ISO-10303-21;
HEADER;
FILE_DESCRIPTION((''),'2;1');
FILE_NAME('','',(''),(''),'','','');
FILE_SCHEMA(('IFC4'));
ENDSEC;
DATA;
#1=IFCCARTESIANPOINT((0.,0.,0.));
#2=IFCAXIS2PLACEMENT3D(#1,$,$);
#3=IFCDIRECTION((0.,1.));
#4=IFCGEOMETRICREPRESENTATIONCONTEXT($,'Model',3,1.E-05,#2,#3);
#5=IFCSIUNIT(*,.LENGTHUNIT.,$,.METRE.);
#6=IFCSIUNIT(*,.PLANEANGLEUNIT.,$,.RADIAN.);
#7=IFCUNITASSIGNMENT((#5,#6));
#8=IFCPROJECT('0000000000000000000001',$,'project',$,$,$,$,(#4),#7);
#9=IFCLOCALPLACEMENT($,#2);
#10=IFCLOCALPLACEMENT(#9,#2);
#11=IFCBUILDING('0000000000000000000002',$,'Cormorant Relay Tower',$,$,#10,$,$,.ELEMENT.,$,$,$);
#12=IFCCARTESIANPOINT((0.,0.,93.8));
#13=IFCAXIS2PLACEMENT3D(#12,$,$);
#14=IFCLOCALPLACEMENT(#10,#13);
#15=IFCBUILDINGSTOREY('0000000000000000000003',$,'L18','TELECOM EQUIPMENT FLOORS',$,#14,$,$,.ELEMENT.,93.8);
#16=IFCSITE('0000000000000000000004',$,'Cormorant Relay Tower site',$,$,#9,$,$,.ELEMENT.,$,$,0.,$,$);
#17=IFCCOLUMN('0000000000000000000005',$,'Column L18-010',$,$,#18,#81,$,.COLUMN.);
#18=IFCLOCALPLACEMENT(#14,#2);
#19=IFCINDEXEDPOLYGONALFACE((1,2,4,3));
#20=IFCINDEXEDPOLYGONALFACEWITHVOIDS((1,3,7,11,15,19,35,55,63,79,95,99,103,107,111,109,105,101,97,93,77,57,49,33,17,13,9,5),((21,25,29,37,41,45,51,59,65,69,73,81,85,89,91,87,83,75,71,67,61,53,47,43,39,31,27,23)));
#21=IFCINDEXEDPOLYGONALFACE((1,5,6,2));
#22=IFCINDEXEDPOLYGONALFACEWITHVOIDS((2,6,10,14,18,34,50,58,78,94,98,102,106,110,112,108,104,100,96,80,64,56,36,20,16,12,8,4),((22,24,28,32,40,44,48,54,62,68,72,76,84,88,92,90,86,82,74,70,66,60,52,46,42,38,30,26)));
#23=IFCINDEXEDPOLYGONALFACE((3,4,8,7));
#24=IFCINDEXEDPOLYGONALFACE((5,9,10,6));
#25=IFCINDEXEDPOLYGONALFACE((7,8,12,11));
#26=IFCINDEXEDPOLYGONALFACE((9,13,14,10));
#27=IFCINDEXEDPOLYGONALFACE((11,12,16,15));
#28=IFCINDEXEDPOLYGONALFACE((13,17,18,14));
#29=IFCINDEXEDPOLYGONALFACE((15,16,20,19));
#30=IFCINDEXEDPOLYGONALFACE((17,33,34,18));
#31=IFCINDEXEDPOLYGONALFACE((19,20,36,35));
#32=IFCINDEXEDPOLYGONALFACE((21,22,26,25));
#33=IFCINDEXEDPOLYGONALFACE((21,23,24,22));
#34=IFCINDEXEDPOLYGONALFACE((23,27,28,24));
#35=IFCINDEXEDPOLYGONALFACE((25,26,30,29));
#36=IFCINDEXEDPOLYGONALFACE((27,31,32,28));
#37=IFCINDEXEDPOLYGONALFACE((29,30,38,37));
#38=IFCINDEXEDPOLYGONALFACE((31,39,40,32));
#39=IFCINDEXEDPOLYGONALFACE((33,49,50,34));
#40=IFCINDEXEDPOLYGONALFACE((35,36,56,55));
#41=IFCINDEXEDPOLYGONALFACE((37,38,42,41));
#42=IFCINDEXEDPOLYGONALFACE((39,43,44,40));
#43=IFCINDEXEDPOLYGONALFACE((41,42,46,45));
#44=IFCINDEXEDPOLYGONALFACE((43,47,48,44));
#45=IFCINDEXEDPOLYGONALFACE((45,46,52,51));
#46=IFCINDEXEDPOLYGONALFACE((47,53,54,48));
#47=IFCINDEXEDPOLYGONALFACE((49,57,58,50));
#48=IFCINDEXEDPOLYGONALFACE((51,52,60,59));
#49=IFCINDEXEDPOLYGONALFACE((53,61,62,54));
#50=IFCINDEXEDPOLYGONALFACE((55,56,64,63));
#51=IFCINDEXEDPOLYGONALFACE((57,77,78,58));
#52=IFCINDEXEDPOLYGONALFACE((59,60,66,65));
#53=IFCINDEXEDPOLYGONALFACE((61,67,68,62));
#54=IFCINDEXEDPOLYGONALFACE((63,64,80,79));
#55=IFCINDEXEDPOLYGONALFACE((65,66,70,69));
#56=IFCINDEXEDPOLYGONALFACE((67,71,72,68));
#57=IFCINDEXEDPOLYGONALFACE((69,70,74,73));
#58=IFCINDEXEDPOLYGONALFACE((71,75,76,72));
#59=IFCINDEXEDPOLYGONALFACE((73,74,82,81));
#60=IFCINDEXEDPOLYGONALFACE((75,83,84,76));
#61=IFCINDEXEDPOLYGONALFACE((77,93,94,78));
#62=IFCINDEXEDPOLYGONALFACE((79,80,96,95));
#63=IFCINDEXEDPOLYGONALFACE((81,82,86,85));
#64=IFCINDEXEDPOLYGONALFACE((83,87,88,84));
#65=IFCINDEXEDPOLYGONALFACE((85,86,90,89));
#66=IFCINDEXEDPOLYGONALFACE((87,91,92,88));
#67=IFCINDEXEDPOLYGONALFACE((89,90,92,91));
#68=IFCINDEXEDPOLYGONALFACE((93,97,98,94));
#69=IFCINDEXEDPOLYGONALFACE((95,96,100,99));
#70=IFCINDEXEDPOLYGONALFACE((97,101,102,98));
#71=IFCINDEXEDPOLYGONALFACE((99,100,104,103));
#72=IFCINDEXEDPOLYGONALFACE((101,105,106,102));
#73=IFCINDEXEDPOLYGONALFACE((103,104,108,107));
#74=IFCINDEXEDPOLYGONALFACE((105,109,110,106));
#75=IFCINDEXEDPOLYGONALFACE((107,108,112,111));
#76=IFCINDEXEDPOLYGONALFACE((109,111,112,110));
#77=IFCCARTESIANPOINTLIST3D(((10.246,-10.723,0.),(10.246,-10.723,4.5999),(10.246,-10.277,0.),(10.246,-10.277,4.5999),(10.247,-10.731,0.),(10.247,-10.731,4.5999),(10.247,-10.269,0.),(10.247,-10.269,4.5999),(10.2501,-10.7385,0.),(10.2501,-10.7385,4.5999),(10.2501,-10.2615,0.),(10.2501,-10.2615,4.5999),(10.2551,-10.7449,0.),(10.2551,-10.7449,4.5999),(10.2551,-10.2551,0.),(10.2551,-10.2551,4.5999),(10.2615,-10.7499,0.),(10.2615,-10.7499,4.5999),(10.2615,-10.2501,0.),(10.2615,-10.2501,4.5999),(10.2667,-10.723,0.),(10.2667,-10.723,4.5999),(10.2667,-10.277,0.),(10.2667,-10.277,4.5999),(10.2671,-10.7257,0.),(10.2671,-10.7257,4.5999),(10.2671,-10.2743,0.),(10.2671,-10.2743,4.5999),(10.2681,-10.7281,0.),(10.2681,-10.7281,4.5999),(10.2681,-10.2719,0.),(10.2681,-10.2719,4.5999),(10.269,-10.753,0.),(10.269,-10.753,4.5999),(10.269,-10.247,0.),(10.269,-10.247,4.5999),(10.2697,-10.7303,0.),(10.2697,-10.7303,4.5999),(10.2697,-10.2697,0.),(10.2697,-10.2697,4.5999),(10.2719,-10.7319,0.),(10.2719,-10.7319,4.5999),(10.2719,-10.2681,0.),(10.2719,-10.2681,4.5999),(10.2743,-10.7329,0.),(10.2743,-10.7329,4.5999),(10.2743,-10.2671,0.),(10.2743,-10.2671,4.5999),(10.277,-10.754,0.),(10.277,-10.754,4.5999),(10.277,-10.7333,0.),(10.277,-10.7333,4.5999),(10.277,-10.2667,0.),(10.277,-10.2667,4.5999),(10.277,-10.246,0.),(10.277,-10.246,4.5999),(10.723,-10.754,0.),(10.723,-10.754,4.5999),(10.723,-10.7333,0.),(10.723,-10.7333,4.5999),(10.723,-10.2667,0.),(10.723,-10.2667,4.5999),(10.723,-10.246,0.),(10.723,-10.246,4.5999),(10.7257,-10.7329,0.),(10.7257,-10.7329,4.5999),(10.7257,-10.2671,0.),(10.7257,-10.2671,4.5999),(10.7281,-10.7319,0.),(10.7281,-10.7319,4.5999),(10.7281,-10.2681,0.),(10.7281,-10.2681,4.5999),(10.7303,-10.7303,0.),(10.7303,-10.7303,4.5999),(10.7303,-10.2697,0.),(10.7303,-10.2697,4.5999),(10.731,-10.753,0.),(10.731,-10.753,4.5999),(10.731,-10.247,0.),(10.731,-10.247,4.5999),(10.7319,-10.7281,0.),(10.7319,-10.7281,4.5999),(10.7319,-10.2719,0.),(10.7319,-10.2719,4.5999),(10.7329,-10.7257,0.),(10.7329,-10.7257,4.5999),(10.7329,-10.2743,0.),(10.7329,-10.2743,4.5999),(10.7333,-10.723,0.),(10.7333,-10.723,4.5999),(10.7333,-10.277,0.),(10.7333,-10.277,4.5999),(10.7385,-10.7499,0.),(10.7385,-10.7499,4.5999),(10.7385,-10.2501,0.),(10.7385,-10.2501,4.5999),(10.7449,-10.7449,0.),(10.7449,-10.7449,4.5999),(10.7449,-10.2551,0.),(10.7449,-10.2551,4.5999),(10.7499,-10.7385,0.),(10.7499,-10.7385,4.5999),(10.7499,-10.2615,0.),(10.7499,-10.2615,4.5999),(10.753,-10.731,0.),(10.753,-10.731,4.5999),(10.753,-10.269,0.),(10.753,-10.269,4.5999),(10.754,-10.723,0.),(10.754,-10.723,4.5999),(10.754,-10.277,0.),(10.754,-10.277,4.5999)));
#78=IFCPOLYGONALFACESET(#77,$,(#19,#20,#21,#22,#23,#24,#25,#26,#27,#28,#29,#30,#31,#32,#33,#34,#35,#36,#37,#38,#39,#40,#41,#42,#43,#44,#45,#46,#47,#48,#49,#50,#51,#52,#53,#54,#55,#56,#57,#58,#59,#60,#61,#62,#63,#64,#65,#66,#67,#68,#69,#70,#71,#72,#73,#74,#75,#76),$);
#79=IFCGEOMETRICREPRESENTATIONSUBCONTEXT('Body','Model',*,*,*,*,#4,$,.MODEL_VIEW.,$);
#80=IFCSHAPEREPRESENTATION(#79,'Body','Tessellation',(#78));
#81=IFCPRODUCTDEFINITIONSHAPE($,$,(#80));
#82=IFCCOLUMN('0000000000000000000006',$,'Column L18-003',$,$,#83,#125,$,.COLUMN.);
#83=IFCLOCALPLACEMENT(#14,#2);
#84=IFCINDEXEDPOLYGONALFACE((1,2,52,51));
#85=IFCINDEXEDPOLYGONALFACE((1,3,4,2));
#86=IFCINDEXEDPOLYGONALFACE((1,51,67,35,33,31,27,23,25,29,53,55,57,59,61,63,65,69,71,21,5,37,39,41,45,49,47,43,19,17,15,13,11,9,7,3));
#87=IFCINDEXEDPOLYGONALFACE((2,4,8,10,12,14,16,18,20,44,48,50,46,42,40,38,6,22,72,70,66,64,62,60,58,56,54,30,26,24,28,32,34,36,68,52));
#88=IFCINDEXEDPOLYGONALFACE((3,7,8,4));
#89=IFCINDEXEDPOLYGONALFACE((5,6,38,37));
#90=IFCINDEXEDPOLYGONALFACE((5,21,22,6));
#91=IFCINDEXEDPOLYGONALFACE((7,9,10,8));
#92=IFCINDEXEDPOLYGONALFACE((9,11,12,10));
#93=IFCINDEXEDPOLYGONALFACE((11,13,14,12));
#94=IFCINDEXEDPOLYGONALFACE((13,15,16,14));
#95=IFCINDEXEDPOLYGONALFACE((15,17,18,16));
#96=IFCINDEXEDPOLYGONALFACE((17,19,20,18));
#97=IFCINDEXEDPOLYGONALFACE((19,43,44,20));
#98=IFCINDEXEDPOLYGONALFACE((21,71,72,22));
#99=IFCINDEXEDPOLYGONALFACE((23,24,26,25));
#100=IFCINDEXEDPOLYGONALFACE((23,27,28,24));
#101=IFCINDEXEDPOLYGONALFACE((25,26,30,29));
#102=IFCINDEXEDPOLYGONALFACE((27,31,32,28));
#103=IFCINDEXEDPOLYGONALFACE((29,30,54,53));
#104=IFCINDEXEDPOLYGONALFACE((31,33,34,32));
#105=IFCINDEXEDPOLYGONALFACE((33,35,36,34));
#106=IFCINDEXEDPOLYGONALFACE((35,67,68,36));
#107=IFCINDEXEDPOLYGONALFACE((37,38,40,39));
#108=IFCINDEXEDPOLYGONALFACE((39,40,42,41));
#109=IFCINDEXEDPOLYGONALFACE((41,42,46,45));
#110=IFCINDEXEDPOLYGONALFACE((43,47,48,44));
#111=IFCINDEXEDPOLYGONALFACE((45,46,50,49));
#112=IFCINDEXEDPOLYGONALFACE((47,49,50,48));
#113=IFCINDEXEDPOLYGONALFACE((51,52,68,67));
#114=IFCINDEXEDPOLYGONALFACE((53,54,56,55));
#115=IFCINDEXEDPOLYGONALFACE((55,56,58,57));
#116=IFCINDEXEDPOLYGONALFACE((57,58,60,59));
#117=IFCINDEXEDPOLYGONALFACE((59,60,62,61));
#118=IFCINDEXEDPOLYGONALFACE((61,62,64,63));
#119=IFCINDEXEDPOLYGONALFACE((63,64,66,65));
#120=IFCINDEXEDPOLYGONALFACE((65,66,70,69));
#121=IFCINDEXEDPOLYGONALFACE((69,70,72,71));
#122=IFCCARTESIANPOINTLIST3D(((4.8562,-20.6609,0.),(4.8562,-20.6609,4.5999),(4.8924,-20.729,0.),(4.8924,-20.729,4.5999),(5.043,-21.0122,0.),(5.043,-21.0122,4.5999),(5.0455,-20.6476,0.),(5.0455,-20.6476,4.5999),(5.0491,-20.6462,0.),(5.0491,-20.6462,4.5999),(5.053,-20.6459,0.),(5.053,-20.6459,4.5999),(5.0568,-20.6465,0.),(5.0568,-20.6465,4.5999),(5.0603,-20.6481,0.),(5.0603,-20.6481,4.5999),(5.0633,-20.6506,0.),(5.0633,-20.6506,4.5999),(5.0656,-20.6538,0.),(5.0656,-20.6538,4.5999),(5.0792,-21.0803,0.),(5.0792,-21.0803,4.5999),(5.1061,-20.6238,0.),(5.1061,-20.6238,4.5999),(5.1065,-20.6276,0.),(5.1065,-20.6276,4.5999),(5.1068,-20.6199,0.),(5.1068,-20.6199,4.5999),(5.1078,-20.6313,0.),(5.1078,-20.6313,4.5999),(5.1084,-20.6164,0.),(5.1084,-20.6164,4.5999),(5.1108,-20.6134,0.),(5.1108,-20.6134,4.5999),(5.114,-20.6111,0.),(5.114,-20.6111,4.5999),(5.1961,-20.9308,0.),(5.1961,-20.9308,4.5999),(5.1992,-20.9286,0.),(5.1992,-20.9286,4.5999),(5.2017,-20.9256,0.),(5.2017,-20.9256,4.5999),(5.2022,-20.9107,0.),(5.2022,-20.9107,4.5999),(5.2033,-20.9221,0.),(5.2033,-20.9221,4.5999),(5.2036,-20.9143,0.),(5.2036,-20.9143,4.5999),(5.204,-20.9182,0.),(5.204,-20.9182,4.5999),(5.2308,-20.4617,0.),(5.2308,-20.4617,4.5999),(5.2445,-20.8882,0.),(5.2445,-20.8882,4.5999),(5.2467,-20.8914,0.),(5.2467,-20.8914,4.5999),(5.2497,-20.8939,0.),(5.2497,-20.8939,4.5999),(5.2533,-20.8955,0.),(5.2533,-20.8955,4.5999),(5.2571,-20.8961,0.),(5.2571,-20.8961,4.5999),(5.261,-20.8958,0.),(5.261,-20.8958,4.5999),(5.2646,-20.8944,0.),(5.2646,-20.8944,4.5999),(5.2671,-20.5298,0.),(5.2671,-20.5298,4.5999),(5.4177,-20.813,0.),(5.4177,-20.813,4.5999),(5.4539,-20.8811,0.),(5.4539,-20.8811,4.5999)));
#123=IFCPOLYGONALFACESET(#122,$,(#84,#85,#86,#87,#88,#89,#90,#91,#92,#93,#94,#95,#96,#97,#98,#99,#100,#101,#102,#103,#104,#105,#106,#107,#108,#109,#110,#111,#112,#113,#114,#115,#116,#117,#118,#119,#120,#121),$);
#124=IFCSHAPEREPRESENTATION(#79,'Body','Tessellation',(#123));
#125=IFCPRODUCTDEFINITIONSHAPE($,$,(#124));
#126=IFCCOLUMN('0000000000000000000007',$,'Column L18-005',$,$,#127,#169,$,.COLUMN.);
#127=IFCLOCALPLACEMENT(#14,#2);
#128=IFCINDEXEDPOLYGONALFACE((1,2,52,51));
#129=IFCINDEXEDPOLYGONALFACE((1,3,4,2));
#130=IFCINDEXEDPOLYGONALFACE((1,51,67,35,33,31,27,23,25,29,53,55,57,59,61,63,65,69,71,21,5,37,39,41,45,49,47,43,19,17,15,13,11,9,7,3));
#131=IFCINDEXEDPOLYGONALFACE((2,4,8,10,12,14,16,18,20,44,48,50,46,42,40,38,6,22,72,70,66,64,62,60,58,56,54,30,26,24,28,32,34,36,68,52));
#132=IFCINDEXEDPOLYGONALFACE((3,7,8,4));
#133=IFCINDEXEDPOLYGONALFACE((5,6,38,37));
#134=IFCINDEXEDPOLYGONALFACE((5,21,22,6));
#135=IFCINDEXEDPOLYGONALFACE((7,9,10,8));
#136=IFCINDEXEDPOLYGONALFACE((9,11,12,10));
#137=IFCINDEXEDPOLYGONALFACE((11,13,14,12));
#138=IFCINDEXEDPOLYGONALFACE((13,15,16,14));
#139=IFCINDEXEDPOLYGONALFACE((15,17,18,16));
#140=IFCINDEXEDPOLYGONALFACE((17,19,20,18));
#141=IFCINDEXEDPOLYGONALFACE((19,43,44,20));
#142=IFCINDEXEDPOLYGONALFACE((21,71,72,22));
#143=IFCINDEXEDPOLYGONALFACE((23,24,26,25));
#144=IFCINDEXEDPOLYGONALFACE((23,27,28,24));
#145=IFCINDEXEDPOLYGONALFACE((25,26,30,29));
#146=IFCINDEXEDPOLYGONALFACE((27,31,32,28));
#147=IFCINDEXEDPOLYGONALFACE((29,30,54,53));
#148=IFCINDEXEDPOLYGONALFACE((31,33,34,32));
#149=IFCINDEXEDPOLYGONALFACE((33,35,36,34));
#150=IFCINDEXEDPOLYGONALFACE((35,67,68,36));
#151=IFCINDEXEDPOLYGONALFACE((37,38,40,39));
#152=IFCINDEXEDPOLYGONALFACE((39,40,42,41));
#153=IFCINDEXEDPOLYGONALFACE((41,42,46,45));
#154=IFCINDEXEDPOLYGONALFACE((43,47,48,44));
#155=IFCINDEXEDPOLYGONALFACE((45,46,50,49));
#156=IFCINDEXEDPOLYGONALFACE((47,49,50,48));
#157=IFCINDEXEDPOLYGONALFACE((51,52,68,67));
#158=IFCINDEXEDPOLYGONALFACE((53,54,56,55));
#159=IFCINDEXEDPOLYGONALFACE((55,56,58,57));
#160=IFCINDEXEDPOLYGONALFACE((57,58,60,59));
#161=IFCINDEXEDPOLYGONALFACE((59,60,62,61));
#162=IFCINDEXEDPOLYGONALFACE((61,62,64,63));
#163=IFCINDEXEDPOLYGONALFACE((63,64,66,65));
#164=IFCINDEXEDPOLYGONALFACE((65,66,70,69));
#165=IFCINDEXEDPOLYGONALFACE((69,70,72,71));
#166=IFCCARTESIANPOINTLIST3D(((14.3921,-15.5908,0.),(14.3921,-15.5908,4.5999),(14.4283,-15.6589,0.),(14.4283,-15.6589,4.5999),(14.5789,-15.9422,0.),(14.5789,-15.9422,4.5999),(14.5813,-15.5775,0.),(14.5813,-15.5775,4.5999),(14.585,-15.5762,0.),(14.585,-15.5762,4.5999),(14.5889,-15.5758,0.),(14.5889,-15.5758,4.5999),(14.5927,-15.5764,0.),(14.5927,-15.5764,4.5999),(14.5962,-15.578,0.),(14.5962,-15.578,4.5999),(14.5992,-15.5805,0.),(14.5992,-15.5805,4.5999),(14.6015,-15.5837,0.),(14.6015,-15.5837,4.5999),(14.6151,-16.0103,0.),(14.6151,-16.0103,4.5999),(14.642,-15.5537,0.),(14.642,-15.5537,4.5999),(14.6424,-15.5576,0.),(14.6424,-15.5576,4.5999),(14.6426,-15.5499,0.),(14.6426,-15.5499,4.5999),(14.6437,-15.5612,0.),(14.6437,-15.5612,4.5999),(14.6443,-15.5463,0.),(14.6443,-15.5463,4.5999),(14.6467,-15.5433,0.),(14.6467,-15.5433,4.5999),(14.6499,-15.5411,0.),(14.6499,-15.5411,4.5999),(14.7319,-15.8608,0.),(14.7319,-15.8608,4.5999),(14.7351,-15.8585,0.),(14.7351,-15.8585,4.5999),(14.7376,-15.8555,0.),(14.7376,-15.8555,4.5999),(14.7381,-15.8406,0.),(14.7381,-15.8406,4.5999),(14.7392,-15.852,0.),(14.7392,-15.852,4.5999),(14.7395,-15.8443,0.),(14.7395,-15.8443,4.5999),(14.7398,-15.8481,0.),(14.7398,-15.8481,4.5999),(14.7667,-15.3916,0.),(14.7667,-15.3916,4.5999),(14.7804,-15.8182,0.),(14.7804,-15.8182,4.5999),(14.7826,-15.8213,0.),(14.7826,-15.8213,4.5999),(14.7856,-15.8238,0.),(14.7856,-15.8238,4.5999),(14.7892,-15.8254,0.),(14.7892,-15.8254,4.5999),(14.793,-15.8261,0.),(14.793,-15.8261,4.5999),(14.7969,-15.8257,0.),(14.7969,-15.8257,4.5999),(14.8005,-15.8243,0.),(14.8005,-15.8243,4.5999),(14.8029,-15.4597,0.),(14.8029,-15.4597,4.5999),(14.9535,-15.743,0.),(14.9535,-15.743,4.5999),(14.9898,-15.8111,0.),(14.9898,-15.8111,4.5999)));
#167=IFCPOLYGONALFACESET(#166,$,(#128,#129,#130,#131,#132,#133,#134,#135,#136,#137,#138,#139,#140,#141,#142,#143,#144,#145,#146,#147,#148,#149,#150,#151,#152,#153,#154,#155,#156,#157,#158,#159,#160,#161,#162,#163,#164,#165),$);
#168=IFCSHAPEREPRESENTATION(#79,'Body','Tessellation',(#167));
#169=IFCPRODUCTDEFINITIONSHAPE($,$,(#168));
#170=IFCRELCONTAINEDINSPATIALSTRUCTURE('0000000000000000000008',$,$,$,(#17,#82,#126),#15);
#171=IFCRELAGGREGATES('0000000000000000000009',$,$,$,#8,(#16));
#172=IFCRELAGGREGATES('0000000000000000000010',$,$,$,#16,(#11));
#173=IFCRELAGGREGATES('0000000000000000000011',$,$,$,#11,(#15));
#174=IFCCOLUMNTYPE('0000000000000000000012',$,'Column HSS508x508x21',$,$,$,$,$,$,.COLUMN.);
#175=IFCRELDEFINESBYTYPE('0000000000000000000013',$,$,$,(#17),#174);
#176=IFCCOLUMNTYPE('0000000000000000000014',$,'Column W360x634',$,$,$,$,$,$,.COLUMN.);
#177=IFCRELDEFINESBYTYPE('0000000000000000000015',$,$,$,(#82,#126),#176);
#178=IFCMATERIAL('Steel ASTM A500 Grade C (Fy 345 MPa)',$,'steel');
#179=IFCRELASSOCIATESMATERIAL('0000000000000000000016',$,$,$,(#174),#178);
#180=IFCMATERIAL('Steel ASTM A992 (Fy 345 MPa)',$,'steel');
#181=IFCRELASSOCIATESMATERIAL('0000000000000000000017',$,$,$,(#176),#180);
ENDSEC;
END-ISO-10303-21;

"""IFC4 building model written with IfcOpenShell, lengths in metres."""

from ifc_helpers import new_model, si_unit, direction, frame, origin, origin_2d, place, context, subcontext, project, spatial, hollow_rectangle, i_section, extrude, material, material_profile, profile_set, type_object, element, save


model = new_model("IFC4")

# Units and contexts
model_context = context("Model", 3, precision=1e-05, world=origin(), true_north=direction((0.0, 1.0)))
body_context = subcontext(model_context, "Body", "Model", "MODEL_VIEW")
ifc_project = project(units=[si_unit("LENGTHUNIT", "METRE"), si_unit("PLANEANGLEUNIT", "RADIAN")], contexts=[model_context])

# Site, building, storey
site_placement = place(None, origin())
site = spatial("IfcSite", under=ifc_project, at=site_placement, Name="Cormorant Relay Tower site", CompositionType="ELEMENT", RefElevation=0.0)
building_placement = place(site_placement, origin())
building = spatial("IfcBuilding", under=site, at=building_placement, Name="Cormorant Relay Tower", CompositionType="ELEMENT")
storey_placement = place(building_placement, frame((0.0, 0.0, 93.8)))
storey = spatial("IfcBuildingStorey", under=building, at=storey_placement, Name="L18", Description="TELECOM EQUIPMENT FLOORS", CompositionType="ELEMENT", Elevation=93.8)

# Columns
ifc_material_1 = material(Name="Steel ASTM A500 Grade C (Fy 345 MPa)", Category="steel")
ifc_material_profile_1 = material_profile(ifc_material_1, hollow_rectangle(XDim=0.5081, YDim=0.5081, WallThickness=0.0208, InnerFilletRadius=0.0103, OuterFilletRadius=0.031, at=origin_2d()), Name="HSS508x508x21")
ifc_profile_set_1 = profile_set([ifc_material_profile_1], Name="Steel ASTM A500 Grade C (Fy 345 MPa)")
column_type_1 = type_object("IfcColumnType", Name="Column HSS508x508x21", PredefinedType="COLUMN", material=ifc_profile_set_1)
column_1_placement = place(storey_placement, frame((10.5, -10.5, 0.0), z_axis=(0.0, 0.0, 1.0), x_axis=(1.0, 0.0, 0.0)))
element("IfcColumn", 1, at=column_1_placement, inside=storey, type_object=column_type_1, Name="Column L18-010", PredefinedType="COLUMN", context=body_context, shape_type="SweptSolid", body=[
    extrude(hollow_rectangle(XDim=0.5081, YDim=0.5081, WallThickness=0.0208, InnerFilletRadius=0.0103, OuterFilletRadius=0.031, at=origin_2d()), origin(), (0.0, 0.0, 1.0), 4.5999),
])
ifc_material_2 = material(Name="Steel ASTM A992 (Fy 345 MPa)", Category="steel")
ifc_material_profile_2 = material_profile(ifc_material_2, i_section(OverallWidth=0.4243, OverallDepth=0.4751, WebThickness=0.0479, FlangeThickness=0.0771, FilletRadius=0.0149, at=origin_2d()), Name="W360x634")
ifc_profile_set_2 = profile_set([ifc_material_profile_2], Name="Steel ASTM A992 (Fy 345 MPa)")
column_type_2 = type_object("IfcColumnType", Name="Column W360x634", PredefinedType="COLUMN", material=ifc_profile_set_2)
for number, where, z_axis, x_axis, name in (
    (2, (5.155, -20.771, 0.0), (0.0, 0.0, 1.0), (0.882948, 0.469472, 0.0), "Column L18-003"),
    (3, (14.6909, -15.7009, 0.0), (0.0, 0.0, 1.0), (0.882948, 0.469472, 0.0), "Column L18-005"),
):
    element("IfcColumn", number, at=place(storey_placement, frame(where, z_axis=z_axis, x_axis=x_axis)), inside=storey, type_object=column_type_2, Name=name, PredefinedType="COLUMN", context=body_context, shape_type="SweptSolid", body=[
        extrude(i_section(OverallWidth=0.4243, OverallDepth=0.4751, WebThickness=0.0479, FlangeThickness=0.0771, FilletRadius=0.0149, at=origin_2d()), origin(), (0.0, 0.0, 1.0), 4.5999),
    ])

save(model, "model.ifc")
